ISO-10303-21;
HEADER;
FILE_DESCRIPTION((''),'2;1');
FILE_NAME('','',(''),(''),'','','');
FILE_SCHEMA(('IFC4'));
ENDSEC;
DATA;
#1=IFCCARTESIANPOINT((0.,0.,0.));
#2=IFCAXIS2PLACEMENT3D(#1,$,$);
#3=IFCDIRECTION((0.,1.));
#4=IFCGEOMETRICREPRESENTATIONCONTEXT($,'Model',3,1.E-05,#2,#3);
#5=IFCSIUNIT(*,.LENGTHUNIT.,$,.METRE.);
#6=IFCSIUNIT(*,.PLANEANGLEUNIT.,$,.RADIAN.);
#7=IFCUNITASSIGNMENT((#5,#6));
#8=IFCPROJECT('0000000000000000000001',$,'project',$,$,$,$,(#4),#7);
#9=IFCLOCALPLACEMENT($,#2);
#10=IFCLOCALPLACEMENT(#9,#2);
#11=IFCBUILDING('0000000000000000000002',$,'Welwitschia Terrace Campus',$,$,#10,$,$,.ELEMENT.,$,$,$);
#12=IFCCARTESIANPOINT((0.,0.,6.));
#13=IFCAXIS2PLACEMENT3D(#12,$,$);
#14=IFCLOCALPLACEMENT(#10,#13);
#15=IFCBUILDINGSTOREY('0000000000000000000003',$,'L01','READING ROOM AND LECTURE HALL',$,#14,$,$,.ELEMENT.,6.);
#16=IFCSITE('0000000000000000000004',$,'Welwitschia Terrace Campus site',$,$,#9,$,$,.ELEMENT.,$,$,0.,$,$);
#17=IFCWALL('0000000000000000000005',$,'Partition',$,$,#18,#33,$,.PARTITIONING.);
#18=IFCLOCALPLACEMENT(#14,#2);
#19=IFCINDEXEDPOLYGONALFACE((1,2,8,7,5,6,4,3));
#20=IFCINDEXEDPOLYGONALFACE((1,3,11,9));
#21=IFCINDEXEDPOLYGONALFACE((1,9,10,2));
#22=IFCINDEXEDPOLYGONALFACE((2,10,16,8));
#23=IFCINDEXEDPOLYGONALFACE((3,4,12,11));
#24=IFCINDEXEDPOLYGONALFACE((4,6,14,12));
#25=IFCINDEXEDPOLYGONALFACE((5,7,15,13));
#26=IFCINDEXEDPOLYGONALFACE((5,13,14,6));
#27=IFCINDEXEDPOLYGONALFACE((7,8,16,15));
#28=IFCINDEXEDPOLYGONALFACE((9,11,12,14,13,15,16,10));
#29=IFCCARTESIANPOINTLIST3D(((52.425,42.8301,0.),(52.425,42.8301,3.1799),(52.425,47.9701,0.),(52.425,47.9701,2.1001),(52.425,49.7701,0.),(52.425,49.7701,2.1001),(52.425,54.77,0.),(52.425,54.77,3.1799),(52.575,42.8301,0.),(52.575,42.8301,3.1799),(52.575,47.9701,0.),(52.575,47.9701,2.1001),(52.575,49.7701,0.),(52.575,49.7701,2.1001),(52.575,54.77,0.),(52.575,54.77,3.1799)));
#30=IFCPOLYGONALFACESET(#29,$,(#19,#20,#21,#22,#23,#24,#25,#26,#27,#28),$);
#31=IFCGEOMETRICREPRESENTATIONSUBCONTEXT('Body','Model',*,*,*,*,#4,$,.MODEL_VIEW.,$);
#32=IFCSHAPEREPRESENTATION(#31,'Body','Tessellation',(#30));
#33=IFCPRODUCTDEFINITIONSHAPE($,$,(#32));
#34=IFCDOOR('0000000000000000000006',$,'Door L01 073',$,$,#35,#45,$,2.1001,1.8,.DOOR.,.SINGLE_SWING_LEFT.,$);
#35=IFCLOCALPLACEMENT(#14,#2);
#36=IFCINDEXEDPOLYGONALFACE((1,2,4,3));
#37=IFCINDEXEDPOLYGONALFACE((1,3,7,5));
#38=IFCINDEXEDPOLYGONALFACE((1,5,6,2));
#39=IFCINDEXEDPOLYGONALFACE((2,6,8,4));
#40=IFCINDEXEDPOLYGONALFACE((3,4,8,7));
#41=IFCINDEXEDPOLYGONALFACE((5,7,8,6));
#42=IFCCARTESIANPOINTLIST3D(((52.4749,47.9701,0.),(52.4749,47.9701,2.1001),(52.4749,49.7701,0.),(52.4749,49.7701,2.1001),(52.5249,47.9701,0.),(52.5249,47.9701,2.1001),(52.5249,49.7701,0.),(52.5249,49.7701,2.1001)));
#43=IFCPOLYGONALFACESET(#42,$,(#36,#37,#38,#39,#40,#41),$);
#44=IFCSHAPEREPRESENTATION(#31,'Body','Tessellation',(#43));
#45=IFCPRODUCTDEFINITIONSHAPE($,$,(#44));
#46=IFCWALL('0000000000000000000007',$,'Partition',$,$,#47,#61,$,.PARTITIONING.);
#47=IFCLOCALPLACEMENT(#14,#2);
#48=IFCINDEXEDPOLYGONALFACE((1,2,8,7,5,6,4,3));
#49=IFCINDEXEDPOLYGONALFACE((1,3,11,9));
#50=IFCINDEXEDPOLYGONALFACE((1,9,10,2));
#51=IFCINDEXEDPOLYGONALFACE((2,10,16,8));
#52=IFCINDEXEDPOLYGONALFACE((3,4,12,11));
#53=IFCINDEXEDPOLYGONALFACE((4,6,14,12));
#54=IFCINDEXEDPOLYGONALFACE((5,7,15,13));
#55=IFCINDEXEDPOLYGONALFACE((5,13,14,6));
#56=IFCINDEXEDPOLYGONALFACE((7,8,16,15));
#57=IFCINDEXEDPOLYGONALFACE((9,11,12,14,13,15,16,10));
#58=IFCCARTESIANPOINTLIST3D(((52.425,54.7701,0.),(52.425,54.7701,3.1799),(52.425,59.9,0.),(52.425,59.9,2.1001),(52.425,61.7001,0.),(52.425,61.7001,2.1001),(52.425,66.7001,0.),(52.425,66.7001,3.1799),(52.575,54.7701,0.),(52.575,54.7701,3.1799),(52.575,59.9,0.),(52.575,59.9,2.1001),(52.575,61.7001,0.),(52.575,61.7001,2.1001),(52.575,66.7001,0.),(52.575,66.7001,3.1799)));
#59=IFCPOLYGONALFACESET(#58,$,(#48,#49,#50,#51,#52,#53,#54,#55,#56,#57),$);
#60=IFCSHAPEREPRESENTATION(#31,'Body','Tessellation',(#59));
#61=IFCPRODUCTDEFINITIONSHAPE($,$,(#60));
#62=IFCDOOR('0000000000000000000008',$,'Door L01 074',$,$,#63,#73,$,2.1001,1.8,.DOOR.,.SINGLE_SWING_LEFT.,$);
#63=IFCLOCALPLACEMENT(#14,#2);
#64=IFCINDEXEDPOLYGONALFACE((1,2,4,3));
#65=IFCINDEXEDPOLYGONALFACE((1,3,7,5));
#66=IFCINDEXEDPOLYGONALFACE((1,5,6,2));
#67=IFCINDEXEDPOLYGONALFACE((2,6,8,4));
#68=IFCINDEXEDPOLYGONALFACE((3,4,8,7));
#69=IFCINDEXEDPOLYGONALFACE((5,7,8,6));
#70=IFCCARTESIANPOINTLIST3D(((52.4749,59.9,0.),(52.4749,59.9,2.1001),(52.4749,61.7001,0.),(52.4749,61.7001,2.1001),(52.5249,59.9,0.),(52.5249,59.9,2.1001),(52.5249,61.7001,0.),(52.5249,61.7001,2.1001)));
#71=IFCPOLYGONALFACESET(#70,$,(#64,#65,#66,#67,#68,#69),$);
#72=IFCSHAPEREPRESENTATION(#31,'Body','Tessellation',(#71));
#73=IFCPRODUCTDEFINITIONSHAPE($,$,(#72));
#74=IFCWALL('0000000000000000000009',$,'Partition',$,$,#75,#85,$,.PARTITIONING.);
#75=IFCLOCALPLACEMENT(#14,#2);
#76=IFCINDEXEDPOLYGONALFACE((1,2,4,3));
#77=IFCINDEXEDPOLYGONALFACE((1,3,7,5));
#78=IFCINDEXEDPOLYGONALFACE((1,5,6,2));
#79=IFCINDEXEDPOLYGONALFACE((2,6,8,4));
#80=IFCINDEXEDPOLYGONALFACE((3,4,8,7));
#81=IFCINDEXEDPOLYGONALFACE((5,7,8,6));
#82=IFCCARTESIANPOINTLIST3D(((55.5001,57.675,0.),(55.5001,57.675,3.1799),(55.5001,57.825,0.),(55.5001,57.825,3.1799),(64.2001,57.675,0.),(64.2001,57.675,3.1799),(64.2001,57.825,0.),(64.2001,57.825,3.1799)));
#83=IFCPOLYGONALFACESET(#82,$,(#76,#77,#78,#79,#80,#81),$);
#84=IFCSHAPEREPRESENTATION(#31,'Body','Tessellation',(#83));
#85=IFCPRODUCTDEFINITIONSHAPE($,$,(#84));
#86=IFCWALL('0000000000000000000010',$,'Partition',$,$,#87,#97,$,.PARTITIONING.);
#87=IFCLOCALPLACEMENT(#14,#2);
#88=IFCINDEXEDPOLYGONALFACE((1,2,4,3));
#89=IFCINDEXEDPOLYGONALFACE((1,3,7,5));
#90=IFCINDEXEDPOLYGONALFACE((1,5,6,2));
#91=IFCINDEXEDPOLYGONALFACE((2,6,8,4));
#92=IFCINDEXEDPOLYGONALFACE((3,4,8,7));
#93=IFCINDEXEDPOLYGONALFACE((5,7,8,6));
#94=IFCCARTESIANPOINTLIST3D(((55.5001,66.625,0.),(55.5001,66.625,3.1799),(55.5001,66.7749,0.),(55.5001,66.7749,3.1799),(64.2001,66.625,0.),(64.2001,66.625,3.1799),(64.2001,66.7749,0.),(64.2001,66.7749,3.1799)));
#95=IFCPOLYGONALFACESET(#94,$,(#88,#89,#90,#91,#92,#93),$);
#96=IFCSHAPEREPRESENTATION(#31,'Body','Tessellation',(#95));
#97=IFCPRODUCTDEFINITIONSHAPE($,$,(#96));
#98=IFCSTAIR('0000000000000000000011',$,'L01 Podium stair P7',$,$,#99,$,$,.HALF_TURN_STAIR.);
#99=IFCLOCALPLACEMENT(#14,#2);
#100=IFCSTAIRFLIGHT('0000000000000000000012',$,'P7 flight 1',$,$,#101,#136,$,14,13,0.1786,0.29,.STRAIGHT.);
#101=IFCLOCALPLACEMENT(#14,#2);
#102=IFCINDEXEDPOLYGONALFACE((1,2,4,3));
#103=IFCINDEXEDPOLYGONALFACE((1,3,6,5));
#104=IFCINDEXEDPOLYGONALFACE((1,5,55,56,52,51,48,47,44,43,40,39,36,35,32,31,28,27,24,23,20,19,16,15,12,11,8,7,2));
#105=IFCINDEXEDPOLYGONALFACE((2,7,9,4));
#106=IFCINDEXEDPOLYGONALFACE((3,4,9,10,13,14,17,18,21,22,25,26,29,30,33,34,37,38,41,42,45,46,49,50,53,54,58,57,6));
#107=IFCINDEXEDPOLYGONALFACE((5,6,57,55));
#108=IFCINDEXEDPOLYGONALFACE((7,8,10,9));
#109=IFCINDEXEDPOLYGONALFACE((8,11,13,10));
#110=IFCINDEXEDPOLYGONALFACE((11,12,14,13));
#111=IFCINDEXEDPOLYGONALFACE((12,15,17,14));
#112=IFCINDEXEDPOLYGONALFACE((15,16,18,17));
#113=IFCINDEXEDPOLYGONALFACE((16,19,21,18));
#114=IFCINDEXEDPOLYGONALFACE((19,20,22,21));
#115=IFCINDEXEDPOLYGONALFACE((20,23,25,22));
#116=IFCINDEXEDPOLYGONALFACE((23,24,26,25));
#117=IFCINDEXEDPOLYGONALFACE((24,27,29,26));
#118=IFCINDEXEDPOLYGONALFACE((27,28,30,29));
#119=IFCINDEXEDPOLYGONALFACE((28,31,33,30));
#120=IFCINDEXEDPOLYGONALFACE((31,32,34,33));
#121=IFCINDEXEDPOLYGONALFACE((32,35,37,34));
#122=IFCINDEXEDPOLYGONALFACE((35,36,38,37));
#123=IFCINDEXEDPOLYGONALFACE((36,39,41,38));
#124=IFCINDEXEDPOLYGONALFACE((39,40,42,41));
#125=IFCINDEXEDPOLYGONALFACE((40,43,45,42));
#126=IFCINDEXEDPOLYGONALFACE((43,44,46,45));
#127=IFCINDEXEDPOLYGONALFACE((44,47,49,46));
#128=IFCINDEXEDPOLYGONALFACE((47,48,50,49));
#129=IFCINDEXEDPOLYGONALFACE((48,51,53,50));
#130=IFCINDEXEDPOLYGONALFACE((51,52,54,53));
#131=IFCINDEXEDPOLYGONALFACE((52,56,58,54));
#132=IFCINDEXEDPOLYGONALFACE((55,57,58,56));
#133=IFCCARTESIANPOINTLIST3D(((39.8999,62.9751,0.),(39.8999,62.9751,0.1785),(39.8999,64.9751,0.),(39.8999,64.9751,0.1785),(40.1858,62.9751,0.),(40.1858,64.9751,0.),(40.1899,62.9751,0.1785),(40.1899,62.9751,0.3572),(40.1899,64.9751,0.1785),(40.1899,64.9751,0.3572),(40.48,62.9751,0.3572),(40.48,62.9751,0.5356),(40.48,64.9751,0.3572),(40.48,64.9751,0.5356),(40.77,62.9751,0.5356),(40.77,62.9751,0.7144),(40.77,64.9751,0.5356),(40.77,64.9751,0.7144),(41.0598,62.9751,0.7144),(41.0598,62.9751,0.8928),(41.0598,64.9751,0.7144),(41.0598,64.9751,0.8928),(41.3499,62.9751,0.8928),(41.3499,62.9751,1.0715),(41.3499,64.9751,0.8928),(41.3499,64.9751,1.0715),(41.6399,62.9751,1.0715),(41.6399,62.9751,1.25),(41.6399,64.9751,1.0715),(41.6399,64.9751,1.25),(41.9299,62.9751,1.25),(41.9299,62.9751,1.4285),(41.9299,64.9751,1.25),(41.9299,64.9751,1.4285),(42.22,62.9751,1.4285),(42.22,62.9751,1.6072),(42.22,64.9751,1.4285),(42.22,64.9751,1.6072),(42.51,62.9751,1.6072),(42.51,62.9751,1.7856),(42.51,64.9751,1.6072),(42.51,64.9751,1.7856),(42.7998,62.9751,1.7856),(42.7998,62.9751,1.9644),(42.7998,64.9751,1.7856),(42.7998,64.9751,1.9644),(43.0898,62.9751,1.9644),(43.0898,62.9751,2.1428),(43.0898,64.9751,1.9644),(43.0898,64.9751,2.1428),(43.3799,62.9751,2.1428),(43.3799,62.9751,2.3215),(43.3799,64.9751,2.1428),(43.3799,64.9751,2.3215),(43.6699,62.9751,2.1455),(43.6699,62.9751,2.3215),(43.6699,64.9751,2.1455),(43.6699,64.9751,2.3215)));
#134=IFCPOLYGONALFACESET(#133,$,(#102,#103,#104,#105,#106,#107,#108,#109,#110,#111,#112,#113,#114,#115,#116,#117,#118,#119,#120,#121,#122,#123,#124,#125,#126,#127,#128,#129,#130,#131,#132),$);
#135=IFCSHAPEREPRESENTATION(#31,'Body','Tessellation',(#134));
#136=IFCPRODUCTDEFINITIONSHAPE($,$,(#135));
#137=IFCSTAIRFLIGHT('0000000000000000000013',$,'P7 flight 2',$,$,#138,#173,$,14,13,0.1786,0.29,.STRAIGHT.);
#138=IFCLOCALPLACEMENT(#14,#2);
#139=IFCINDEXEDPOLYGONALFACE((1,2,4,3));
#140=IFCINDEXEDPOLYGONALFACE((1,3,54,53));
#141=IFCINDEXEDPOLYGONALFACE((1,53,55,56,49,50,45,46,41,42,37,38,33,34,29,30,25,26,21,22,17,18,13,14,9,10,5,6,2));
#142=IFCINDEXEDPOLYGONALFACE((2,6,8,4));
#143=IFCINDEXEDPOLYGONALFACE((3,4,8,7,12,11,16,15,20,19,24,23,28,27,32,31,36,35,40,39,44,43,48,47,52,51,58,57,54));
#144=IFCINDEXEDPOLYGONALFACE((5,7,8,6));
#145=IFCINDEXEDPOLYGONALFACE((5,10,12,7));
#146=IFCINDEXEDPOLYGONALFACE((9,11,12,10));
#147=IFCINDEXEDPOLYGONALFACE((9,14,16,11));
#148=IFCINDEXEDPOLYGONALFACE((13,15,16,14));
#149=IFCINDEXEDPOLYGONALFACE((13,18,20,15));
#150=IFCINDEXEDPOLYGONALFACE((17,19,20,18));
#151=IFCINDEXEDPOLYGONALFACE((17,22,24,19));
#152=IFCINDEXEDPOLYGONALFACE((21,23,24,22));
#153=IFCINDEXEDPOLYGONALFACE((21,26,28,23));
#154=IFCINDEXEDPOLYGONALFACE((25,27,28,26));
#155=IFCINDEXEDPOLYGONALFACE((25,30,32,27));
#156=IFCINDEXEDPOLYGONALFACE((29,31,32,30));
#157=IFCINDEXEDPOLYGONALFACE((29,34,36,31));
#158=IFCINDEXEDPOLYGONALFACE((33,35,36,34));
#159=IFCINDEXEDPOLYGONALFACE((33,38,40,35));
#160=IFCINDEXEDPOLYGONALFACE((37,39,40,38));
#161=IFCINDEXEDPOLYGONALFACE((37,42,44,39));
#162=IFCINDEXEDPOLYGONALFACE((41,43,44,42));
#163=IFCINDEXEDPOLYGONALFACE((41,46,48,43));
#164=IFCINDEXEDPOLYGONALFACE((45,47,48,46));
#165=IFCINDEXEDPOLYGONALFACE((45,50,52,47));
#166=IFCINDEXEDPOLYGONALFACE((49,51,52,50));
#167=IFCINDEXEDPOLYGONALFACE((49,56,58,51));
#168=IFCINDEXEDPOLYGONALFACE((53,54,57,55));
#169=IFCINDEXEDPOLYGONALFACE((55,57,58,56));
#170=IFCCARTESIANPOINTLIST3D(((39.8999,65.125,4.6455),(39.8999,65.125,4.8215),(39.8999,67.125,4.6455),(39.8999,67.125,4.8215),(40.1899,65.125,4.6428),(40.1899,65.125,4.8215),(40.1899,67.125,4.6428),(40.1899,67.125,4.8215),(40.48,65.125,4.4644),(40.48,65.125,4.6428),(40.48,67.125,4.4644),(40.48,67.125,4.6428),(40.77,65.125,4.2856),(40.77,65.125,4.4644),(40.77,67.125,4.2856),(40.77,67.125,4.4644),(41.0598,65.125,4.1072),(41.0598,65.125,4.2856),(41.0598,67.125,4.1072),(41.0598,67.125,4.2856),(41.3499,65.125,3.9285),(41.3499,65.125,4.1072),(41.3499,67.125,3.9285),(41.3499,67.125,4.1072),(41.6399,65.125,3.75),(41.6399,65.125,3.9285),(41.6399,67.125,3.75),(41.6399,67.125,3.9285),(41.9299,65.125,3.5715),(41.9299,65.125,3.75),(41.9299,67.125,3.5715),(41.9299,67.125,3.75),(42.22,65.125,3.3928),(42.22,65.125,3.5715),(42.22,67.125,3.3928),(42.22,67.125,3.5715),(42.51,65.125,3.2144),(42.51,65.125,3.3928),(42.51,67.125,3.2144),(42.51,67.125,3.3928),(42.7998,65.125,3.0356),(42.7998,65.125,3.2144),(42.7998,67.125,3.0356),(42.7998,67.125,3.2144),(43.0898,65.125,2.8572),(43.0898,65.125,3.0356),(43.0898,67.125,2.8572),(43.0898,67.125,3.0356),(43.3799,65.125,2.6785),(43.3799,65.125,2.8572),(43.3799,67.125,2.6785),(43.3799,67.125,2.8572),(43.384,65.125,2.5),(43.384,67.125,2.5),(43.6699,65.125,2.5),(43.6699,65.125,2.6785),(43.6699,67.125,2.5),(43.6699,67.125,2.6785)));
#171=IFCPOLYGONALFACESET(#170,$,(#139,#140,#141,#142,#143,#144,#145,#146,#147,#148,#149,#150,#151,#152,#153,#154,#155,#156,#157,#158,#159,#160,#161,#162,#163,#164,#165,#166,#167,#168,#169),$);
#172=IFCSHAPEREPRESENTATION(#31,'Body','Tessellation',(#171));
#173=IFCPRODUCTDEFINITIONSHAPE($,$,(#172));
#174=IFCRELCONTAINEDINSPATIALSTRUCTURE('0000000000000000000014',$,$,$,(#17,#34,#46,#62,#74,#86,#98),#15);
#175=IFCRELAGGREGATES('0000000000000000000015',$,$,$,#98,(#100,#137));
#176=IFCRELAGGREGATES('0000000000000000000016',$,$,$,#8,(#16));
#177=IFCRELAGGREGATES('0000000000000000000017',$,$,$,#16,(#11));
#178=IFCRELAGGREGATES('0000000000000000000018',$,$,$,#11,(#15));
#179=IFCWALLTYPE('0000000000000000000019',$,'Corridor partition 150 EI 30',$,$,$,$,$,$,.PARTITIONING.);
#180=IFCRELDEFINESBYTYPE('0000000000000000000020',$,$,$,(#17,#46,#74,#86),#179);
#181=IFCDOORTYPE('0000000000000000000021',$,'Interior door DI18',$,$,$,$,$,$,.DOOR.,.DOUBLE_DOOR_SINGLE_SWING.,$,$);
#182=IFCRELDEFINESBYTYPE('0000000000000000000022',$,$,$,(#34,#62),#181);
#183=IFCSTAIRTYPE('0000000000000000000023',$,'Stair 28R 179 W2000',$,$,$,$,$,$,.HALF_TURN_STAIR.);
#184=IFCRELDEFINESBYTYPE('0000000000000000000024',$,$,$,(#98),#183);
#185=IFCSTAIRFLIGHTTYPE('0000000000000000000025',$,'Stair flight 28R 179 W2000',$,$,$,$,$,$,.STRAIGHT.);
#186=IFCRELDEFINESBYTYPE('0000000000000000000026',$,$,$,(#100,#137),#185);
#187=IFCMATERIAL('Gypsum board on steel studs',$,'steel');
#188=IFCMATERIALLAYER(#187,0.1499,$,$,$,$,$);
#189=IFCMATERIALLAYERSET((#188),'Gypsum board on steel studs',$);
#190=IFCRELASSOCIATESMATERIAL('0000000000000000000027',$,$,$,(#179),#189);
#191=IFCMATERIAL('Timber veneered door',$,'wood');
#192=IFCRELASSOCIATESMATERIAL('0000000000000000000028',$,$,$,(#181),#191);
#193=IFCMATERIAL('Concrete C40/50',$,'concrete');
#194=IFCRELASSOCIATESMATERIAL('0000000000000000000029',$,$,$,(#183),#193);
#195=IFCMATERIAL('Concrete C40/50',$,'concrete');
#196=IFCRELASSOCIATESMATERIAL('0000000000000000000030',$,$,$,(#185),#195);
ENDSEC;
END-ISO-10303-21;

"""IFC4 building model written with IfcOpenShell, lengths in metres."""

from ifc_helpers import new_model, si_unit, direction, frame, frame_2d, origin, place, context, subcontext, project, spatial, polyline, rectangle, outline, extrude, material, layer, layer_set, type_object, element, fill, aggregate, save


model = new_model("IFC4")

# Units and contexts
model_context = context("Model", 3, precision=1e-05, world=origin(), true_north=direction((0.0, 1.0)))
body_context = subcontext(model_context, "Body", "Model", "MODEL_VIEW")
ifc_project = project(units=[si_unit("LENGTHUNIT", "METRE"), si_unit("PLANEANGLEUNIT", "RADIAN")], contexts=[model_context])

# Site, building, storey
site_placement = place(None, origin())
site = spatial("IfcSite", under=ifc_project, at=site_placement, Name="Welwitschia Terrace Campus site", CompositionType="ELEMENT", RefElevation=0.0)
building_placement = place(site_placement, origin())
building = spatial("IfcBuilding", under=site, at=building_placement, Name="Welwitschia Terrace Campus", CompositionType="ELEMENT")
storey_placement = place(building_placement, frame((0.0, 0.0, 6.0)))
storey = spatial("IfcBuildingStorey", under=building, at=storey_placement, Name="L01", Description="READING ROOM AND LECTURE HALL", CompositionType="ELEMENT", Elevation=6.0)

# Shared definitions
ifc_material_1 = material(Name="Gypsum board on steel studs", Category="steel")
ifc_layer_1 = layer(ifc_material_1, 0.1499)
ifc_layer_set_1 = layer_set([ifc_layer_1], Name="Gypsum board on steel studs")
wall_type_1 = type_object("IfcWallType", Name="Corridor partition 150 EI 30", PredefinedType="PARTITIONING", material=ifc_layer_set_1)

# Walls, openings, doors
wall_1_placement = place(storey_placement, frame((52.5, 54.77, 0.0), z_axis=(0.0, 0.0, 1.0), x_axis=(0.0, -1.0, 0.0)))
wall_1 = element("IfcWall", 1, at=wall_1_placement, inside=storey, type_object=wall_type_1, Name="Partition", PredefinedType="PARTITIONING", context=body_context, shape_type="SweptSolid", body=[
    extrude(rectangle(XDim=11.9399, YDim=0.1499, at=frame_2d((5.97, 0.0))), origin(), (0.0, 0.0, 1.0), 3.1799),
])
opening_1_placement = place(wall_1_placement, frame((5.0, 0.0, 0.0)))
opening_1 = element("IfcOpeningElement", 2, at=opening_1_placement, cuts=wall_1, PredefinedType="OPENING", context=body_context, shape_type="SweptSolid", body=[
    extrude(rectangle(XDim=1.8, YDim=2.1001, at=frame_2d((0.8999, 1.05))), frame((0.0, 0.085, 0.0), z_axis=(0.0, -1.0, 0.0), x_axis=(1.0, 0.0, 0.0)), (0.0, 0.0, 1.0), 0.1699),
])
ifc_material_2 = material(Name="Timber veneered door", Category="wood")
door_type = type_object("IfcDoorType", Name="Interior door DI18", OperationType="DOUBLE_DOOR_SINGLE_SWING", PredefinedType="DOOR", material=ifc_material_2)
door_1_placement = place(opening_1_placement, origin())
door_1 = element("IfcDoor", 3, at=door_1_placement, inside=storey, type_object=door_type, Name="Door L01 073", OperationType="SINGLE_SWING_LEFT", OverallHeight=2.1001, OverallWidth=1.8, PredefinedType="DOOR", context=body_context, shape_type="SweptSolid", body=[
    extrude(rectangle(XDim=1.8, YDim=2.1001, at=frame_2d((0.8999, 1.05))), frame((0.0, 0.0249, 0.0), z_axis=(0.0, -1.0, 0.0), x_axis=(1.0, 0.0, 0.0)), (0.0, 0.0, 1.0), 0.05),
])
fill(opening_1, door_1)
wall_2_placement = place(storey_placement, frame((52.5, 66.7, 0.0), z_axis=(0.0, 0.0, 1.0), x_axis=(0.0, -1.0, 0.0)))
wall_2 = element("IfcWall", 4, at=wall_2_placement, inside=storey, type_object=wall_type_1, Name="Partition", PredefinedType="PARTITIONING", context=body_context, shape_type="SweptSolid", body=[
    extrude(rectangle(XDim=11.9299, YDim=0.1499, at=frame_2d((5.9648, 0.0))), origin(), (0.0, 0.0, 1.0), 3.1799),
])
opening_2_placement = place(wall_2_placement, frame((5.0, 0.0, 0.0)))
opening_2 = element("IfcOpeningElement", 5, at=opening_2_placement, cuts=wall_2, PredefinedType="OPENING", context=body_context, shape_type="SweptSolid", body=[
    extrude(rectangle(XDim=1.8, YDim=2.1001, at=frame_2d((0.8999, 1.05))), frame((0.0, 0.085, 0.0), z_axis=(0.0, -1.0, 0.0), x_axis=(1.0, 0.0, 0.0)), (0.0, 0.0, 1.0), 0.1699),
])
door_2_placement = place(opening_2_placement, origin())
door_2 = element("IfcDoor", 6, at=door_2_placement, inside=storey, type_object=door_type, Name="Door L01 074", OperationType="SINGLE_SWING_LEFT", OverallHeight=2.1001, OverallWidth=1.8, PredefinedType="DOOR", context=body_context, shape_type="SweptSolid", body=[
    extrude(rectangle(XDim=1.8, YDim=2.1001, at=frame_2d((0.8999, 1.05))), frame((0.0, 0.0249, 0.0), z_axis=(0.0, -1.0, 0.0), x_axis=(1.0, 0.0, 0.0)), (0.0, 0.0, 1.0), 0.05),
])
fill(opening_2, door_2)

# Walls
for number, where, z_axis, x_axis, name in (
    (7, (55.5, 57.75, 0.0), (0.0, 0.0, 1.0), (1.0, 0.0, 0.0), "Partition"),
    (8, (55.5, 66.7, 0.0), (0.0, 0.0, 1.0), (1.0, 0.0, 0.0), "Partition"),
):
    element("IfcWall", number, at=place(storey_placement, frame(where, z_axis=z_axis, x_axis=x_axis)), inside=storey, type_object=wall_type_1, Name=name, PredefinedType="PARTITIONING", context=body_context, shape_type="SweptSolid", body=[
        extrude(rectangle(XDim=8.7, YDim=0.1499, at=frame_2d((4.3501, 0.0))), origin(), (0.0, 0.0, 1.0), 3.1799),
    ])

# Stair, stair flights
ifc_material_3 = material(Name="Concrete C40/50", Category="concrete")
stair_type = type_object("IfcStairType", Name="Stair 28R 179 W2000", PredefinedType="HALF_TURN_STAIR", material=ifc_material_3)
stair_placement = place(storey_placement, origin())
stair = element("IfcStair", 9, at=stair_placement, inside=storey, type_object=stair_type, Name="L01 Podium stair P7", PredefinedType="HALF_TURN_STAIR")
ifc_material_4 = material(Name="Concrete C40/50", Category="concrete")
stair_flight_type = type_object("IfcStairFlightType", Name="Stair flight 28R 179 W2000", PredefinedType="STRAIGHT", material=ifc_material_4)
stair_flight_1_placement = place(storey_placement, frame((39.8999, 63.9751, 0.0), z_axis=(0.0, 0.0, 1.0), x_axis=(1.0, 0.0, 0.0)))
stair_flight_1 = element("IfcStairFlight", 10, at=stair_flight_1_placement, type_object=stair_flight_type, Name="P7 flight 1", NumberOfRisers=14, NumberOfTreads=13, PredefinedType="STRAIGHT", RiserHeight=0.1786, TreadLength=0.29, context=body_context, shape_type="SweptSolid", body=[
    extrude(outline(polyline([(0.0, 0.0), (0.0, 0.1785), (0.29, 0.1785), (0.29, 0.3572), (0.5801, 0.3572), (0.5801, 0.5356), (0.8701, 0.5356), (0.8701, 0.7144), (1.1599, 0.7144), (1.1599, 0.8928), (1.45, 0.8928), (1.45, 1.0715), (1.74, 1.0715), (1.74, 1.25), (2.03, 1.25), (2.03, 1.4285), (2.3201, 1.4285), (2.3201, 1.6072), (2.6101, 1.6072), (2.6101, 1.7856), (2.8999, 1.7856), (2.8999, 1.9644), (3.1899, 1.9644), (3.1899, 2.1428), (3.48, 2.1428), (3.48, 2.3215), (3.77, 2.3215), (3.77, 2.5), (3.77, 2.1455), (0.2859, 0.0), (0.0, 0.0)])), frame((0.0, 1.0, 0.0), z_axis=(0.0, -1.0, 0.0), x_axis=(1.0, 0.0, 0.0)), (0.0, 0.0, 1.0), 2.0),
])
stair_flight_2_placement = place(storey_placement, frame((43.6699, 66.125, 2.5), z_axis=(0.0, 0.0, 1.0), x_axis=(-1.0, 0.0, 0.0)))
stair_flight_2 = element("IfcStairFlight", 11, at=stair_flight_2_placement, type_object=stair_flight_type, Name="P7 flight 2", NumberOfRisers=14, NumberOfTreads=13, PredefinedType="STRAIGHT", RiserHeight=0.1786, TreadLength=0.29, context=body_context, shape_type="SweptSolid", body=[
    extrude(outline(polyline([(0.0, 0.0), (0.0, 0.1785), (0.29, 0.1785), (0.29, 0.3572), (0.5801, 0.3572), (0.5801, 0.5356), (0.8701, 0.5356), (0.8701, 0.7144), (1.1599, 0.7144), (1.1599, 0.8928), (1.45, 0.8928), (1.45, 1.0715), (1.74, 1.0715), (1.74, 1.25), (2.03, 1.25), (2.03, 1.4285), (2.3201, 1.4285), (2.3201, 1.6072), (2.6101, 1.6072), (2.6101, 1.7856), (2.8999, 1.7856), (2.8999, 1.9644), (3.1899, 1.9644), (3.1899, 2.1428), (3.48, 2.1428), (3.48, 2.3215), (3.77, 2.3215), (3.77, 2.5), (3.77, 2.1455), (0.2859, 0.0), (0.0, 0.0)])), frame((0.0, 1.0, 0.0), z_axis=(0.0, -1.0, 0.0), x_axis=(1.0, 0.0, 0.0)), (0.0, 0.0, 1.0), 2.0),
])
aggregate(stair, [stair_flight_1, stair_flight_2])

save(model, "model.ifc")
